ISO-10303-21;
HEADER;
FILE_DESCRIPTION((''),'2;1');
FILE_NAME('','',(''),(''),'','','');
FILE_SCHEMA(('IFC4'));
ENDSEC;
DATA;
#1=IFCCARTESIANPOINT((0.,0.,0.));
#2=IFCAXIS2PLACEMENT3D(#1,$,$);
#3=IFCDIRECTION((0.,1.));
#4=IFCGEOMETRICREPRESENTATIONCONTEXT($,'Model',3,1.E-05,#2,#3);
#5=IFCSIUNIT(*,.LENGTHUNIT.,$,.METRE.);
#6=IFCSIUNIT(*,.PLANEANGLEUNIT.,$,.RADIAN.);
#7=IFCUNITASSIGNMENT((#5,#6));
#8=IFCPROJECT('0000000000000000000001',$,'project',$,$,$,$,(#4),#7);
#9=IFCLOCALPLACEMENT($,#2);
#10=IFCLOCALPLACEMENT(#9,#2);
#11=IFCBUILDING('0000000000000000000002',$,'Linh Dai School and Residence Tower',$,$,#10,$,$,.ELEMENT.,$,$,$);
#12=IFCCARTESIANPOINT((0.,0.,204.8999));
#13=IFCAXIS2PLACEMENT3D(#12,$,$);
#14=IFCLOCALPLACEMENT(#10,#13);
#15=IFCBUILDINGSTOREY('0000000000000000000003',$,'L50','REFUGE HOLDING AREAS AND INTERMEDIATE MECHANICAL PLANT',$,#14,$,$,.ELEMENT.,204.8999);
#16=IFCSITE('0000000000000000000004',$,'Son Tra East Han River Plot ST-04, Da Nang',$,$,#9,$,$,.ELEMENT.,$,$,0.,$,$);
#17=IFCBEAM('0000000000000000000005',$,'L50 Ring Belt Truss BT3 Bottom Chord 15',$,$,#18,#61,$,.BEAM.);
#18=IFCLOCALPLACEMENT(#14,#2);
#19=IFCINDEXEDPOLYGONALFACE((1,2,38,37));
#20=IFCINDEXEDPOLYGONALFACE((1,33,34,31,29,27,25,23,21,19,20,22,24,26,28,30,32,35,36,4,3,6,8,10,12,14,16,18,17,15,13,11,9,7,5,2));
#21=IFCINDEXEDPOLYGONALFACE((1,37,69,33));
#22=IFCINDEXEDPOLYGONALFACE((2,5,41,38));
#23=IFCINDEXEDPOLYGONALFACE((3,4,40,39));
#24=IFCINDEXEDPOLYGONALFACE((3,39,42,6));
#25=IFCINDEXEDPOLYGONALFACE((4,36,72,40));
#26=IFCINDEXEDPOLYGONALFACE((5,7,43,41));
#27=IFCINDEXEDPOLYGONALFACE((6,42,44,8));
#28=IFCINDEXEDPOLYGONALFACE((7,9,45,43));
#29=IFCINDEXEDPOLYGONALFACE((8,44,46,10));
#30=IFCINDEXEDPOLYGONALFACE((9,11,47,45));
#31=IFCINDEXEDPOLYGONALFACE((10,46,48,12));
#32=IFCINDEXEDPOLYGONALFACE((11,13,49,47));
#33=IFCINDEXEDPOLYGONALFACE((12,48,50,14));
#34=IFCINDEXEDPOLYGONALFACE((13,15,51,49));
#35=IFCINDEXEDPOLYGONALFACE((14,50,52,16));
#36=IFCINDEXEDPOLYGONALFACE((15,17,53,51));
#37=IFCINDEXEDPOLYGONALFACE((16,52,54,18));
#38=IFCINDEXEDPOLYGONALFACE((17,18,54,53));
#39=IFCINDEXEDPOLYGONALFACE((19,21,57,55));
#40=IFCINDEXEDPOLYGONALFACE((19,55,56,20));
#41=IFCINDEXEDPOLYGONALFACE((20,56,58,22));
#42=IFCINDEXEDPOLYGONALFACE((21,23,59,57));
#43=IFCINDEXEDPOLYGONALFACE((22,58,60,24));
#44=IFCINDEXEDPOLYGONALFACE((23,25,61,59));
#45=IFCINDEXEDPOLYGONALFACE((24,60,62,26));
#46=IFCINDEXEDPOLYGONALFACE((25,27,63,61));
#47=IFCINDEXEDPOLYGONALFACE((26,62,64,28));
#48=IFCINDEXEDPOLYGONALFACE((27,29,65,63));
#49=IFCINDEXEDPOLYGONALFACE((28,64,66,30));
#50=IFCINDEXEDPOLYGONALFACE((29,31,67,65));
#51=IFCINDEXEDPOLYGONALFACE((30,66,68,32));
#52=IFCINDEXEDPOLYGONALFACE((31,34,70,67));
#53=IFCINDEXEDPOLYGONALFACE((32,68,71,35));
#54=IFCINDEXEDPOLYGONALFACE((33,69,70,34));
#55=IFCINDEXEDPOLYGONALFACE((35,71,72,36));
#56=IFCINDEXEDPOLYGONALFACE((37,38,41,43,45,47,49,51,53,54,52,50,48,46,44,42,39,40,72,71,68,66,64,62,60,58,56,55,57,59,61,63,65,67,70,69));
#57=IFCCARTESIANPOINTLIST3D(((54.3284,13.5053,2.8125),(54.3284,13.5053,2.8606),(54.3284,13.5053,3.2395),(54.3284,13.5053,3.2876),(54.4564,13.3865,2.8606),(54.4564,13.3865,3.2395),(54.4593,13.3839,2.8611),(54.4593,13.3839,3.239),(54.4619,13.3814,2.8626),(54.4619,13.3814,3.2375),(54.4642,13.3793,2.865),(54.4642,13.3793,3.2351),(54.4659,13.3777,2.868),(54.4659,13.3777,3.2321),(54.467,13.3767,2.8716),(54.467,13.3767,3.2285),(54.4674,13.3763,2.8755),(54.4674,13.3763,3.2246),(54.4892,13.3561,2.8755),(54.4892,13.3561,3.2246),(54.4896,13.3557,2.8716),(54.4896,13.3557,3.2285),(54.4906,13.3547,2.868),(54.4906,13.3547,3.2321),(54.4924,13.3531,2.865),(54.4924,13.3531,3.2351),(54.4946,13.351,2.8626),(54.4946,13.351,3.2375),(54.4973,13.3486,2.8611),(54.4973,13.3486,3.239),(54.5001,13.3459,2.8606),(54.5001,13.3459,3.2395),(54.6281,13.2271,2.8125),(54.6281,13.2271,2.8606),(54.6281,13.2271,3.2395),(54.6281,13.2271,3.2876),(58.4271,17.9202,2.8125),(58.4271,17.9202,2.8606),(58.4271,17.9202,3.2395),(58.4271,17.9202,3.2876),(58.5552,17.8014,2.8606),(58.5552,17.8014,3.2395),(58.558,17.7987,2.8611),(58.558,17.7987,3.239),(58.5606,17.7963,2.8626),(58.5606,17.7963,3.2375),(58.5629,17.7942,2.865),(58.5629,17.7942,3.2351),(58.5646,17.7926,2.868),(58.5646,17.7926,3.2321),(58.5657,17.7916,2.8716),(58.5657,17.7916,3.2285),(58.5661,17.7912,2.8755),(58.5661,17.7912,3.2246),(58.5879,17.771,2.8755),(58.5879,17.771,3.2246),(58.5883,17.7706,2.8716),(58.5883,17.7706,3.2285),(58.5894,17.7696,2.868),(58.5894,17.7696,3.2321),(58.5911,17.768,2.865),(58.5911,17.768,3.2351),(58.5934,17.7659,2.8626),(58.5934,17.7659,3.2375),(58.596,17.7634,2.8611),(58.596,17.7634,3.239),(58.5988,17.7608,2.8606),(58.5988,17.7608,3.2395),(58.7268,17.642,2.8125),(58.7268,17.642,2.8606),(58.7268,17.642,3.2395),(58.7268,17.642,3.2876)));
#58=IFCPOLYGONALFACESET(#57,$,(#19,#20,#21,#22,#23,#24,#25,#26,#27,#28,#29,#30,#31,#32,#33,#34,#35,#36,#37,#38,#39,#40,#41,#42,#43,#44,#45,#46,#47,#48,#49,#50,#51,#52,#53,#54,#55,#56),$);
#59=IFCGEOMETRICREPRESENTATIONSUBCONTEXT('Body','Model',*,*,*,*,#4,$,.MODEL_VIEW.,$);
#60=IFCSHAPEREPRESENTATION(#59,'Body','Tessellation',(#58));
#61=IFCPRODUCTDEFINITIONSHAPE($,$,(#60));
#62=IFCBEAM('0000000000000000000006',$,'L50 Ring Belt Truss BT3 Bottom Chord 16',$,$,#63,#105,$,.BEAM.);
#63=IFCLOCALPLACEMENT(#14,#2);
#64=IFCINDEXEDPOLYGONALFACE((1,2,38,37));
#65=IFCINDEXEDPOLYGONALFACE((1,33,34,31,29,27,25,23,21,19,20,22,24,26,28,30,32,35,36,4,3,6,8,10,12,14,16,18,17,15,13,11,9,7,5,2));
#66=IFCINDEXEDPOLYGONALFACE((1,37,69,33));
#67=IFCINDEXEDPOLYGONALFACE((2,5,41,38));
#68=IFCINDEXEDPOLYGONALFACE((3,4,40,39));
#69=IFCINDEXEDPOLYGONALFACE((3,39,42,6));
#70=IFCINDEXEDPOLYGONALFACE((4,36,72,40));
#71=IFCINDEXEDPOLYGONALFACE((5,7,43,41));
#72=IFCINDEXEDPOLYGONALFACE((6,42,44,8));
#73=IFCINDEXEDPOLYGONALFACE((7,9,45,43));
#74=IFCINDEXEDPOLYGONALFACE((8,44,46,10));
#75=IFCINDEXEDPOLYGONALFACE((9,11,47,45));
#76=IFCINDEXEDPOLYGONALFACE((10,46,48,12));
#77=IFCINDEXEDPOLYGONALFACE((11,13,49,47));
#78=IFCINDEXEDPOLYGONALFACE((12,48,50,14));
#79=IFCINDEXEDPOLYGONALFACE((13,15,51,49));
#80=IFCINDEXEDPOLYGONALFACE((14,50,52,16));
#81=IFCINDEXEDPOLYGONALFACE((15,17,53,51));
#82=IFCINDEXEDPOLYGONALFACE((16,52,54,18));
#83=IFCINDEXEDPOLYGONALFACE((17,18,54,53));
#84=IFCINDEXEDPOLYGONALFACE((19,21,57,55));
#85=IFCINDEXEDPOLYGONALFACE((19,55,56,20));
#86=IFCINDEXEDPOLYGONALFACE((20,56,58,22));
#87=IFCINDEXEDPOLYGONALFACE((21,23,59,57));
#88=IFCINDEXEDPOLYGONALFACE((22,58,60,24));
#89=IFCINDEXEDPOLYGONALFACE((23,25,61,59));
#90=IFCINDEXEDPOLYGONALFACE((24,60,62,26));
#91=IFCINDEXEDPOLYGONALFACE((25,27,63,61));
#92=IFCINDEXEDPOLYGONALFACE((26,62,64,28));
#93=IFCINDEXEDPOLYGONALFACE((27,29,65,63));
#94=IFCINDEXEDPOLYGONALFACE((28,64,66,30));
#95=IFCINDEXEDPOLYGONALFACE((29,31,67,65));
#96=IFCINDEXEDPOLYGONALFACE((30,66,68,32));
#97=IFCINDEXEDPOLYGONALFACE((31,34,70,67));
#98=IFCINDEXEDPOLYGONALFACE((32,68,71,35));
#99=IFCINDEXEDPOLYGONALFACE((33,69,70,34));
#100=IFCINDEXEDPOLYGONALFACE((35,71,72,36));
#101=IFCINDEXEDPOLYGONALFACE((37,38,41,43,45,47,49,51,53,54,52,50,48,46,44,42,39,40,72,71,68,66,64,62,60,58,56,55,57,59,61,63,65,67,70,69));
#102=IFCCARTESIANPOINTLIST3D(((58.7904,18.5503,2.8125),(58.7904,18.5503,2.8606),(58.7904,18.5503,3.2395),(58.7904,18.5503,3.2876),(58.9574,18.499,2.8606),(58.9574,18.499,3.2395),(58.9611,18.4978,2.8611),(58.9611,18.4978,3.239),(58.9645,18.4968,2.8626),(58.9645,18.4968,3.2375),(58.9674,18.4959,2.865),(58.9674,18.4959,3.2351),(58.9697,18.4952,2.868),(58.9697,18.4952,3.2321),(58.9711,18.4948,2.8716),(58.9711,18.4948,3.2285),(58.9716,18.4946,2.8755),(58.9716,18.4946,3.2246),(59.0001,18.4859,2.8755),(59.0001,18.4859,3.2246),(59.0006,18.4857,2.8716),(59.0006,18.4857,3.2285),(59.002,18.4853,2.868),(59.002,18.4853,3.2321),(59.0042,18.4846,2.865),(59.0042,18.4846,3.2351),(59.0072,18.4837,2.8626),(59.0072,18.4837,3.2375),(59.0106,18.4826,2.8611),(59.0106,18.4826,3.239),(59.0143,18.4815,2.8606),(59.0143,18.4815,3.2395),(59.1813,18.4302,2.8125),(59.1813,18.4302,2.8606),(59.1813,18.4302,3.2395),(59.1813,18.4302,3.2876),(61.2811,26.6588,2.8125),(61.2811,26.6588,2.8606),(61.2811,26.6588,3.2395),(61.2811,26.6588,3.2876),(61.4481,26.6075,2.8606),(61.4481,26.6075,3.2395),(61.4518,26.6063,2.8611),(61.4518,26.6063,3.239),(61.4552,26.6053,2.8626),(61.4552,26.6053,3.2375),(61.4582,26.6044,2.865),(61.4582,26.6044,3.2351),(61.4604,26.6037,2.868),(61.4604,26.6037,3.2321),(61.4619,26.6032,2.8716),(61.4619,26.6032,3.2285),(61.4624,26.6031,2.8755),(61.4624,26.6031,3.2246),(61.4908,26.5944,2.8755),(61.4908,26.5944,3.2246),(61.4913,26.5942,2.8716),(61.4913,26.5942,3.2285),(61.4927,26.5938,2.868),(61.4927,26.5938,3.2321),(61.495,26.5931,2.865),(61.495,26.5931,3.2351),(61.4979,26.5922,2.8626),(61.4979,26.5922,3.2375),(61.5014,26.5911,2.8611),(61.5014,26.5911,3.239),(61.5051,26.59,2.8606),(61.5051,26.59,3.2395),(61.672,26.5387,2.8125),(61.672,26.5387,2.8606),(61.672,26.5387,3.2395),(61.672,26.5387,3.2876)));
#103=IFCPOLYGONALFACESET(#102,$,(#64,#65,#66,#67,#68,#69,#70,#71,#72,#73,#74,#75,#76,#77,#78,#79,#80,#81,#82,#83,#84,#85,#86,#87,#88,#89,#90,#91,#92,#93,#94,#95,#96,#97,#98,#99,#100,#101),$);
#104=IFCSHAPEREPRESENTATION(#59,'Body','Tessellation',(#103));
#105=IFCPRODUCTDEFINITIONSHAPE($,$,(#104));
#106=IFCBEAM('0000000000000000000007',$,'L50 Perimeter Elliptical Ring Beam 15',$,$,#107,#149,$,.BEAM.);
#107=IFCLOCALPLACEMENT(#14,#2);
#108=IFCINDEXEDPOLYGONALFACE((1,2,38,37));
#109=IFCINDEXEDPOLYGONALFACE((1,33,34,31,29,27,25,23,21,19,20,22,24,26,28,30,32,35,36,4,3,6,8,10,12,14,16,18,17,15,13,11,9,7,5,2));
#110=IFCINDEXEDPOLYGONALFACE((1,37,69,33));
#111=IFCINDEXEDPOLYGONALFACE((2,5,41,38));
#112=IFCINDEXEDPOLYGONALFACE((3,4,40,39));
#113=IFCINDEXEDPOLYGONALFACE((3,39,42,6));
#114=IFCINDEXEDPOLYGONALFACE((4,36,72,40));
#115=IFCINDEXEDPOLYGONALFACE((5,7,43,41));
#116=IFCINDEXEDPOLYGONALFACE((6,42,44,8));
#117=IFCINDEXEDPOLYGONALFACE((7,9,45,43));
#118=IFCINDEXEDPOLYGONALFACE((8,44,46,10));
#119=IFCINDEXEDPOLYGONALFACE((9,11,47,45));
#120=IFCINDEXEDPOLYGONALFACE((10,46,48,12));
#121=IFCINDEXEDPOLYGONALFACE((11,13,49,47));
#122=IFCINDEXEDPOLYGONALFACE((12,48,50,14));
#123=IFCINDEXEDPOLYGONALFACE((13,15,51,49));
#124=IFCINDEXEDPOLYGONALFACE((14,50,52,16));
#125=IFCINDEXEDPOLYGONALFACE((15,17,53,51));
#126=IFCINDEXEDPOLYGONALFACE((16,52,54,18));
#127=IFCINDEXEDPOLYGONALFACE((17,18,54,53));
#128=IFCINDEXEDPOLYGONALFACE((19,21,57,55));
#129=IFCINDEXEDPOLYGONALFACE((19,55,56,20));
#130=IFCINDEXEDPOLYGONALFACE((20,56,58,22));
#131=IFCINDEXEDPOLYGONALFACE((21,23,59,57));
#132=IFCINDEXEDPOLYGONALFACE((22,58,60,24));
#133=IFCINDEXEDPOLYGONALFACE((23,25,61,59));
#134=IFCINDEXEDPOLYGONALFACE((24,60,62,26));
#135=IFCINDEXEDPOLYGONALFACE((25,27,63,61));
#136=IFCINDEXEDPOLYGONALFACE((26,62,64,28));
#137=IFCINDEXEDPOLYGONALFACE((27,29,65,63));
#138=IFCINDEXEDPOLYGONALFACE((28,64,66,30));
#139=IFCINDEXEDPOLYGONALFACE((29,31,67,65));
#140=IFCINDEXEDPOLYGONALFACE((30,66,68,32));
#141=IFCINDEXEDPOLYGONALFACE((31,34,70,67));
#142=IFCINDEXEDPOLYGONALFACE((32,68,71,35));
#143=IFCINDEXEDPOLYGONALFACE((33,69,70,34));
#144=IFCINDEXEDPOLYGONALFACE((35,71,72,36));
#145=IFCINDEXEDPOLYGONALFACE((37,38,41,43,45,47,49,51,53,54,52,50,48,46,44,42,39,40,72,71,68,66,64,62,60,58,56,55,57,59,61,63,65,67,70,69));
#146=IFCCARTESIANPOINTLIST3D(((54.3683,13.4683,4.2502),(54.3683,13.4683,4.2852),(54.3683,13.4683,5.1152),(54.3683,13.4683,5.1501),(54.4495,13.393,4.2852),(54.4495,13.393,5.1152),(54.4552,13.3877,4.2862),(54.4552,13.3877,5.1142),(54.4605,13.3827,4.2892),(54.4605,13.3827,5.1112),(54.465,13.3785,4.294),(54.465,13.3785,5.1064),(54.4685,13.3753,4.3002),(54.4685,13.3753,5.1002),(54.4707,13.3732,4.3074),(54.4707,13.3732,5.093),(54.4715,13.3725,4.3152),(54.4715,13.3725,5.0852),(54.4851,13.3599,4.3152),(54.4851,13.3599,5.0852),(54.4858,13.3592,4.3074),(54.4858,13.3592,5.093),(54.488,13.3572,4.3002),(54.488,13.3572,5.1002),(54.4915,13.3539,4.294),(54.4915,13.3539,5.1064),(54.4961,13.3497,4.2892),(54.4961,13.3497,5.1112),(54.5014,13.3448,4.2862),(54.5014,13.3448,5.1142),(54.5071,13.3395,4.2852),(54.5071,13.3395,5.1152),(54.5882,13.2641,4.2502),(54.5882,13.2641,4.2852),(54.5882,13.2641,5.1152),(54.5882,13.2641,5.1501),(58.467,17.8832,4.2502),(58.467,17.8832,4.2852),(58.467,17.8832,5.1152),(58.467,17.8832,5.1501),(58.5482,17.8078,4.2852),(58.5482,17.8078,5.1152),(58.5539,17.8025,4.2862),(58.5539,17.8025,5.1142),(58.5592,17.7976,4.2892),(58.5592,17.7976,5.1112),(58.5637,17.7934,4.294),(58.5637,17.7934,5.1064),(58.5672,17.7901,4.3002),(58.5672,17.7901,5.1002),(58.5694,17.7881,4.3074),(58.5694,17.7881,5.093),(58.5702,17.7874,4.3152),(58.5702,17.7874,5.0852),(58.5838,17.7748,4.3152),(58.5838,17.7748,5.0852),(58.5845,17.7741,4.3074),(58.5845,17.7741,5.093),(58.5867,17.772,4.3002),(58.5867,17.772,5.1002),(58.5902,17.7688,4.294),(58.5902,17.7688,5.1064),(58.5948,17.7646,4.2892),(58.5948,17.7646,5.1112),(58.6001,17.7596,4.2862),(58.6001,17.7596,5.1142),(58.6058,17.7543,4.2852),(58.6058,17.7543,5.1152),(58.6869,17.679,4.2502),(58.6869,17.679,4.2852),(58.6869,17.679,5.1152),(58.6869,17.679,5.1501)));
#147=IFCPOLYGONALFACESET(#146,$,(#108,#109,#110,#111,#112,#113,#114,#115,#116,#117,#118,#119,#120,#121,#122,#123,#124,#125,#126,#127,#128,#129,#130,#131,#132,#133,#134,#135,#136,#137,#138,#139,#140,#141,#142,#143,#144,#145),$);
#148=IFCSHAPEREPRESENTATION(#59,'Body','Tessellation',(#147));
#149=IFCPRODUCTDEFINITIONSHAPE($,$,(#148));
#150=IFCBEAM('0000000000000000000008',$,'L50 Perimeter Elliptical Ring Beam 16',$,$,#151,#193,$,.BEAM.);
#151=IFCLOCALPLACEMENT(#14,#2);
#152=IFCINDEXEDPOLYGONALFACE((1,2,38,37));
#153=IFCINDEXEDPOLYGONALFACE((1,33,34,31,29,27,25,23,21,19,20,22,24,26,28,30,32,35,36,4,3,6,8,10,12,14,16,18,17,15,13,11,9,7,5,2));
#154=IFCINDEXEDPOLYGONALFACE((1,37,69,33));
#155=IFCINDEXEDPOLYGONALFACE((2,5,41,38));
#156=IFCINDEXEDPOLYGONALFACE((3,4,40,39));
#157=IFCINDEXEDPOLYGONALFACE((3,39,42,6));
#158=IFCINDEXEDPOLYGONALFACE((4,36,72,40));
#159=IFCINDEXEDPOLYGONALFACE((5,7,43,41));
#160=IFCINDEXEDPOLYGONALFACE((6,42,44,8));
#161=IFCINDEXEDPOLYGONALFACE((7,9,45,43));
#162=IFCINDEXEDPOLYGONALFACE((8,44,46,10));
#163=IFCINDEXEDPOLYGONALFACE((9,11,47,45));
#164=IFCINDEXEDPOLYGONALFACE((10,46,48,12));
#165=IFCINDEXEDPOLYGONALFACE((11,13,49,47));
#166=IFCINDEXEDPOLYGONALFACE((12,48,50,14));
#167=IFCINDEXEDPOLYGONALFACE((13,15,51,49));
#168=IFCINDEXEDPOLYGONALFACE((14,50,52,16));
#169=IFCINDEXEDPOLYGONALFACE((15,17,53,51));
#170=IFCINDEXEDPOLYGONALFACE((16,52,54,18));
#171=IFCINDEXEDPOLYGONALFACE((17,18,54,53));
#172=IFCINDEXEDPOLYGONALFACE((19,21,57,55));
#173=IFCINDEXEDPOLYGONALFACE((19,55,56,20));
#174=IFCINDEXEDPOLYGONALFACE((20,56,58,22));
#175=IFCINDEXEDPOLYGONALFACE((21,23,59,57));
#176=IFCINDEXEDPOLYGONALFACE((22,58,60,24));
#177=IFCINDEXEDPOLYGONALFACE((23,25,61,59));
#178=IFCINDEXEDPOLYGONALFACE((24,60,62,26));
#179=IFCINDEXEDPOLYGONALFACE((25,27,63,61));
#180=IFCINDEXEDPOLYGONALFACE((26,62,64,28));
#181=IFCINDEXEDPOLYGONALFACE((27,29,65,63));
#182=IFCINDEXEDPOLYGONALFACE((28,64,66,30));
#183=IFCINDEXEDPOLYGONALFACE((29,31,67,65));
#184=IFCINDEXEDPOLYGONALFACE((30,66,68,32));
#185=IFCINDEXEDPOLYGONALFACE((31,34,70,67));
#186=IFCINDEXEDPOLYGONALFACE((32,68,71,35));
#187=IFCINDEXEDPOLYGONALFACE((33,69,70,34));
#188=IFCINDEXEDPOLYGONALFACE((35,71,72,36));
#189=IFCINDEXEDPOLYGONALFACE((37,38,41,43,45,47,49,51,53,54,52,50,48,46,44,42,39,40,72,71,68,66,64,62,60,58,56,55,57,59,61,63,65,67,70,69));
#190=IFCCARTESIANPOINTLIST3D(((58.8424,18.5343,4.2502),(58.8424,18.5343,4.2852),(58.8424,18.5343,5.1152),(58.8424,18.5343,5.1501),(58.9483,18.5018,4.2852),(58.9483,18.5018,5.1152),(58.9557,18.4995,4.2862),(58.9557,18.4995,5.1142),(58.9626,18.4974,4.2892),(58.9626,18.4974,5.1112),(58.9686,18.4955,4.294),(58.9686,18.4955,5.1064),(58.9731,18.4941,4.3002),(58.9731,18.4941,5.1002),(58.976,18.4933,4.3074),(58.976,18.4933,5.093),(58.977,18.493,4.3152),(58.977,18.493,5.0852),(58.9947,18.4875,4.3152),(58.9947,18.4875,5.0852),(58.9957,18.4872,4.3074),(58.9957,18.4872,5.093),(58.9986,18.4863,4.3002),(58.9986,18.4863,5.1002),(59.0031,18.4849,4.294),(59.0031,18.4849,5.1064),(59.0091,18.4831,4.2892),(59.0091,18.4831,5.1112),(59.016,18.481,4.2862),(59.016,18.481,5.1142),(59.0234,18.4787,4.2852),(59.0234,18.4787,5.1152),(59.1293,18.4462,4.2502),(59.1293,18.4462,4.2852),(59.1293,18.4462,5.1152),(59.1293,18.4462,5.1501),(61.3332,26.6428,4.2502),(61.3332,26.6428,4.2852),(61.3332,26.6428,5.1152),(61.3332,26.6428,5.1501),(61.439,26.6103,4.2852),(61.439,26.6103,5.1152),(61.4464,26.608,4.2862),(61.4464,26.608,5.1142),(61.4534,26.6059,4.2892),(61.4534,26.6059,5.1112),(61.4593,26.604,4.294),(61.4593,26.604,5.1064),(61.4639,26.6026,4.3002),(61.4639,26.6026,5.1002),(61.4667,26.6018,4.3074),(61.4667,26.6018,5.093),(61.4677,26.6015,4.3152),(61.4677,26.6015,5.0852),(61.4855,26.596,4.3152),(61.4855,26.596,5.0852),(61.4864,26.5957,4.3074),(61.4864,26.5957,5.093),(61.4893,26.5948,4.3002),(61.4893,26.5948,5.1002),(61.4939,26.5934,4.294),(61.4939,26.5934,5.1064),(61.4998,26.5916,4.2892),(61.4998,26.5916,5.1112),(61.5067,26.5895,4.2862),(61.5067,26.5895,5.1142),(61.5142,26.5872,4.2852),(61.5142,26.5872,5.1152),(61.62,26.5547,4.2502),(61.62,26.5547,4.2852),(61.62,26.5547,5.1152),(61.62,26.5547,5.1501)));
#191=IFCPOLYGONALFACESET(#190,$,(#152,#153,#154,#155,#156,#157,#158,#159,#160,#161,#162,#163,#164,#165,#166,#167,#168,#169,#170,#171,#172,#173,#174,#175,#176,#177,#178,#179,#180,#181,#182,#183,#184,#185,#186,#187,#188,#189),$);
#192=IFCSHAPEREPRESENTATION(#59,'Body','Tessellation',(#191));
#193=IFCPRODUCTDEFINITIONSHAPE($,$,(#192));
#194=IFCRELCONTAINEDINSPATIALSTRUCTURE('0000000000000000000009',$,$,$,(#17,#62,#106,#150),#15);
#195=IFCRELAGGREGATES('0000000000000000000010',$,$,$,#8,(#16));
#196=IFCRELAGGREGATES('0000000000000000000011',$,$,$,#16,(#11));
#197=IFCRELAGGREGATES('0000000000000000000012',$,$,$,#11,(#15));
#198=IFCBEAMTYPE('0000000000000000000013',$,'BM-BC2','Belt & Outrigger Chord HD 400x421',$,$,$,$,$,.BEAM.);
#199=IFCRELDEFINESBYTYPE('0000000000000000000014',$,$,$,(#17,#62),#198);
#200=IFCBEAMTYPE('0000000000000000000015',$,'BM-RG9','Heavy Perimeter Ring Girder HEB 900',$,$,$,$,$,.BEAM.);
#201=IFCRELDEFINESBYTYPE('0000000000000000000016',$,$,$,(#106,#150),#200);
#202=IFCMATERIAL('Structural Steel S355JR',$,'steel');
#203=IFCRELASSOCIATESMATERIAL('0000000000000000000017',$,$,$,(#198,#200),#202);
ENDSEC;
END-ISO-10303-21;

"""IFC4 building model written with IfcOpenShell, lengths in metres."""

from ifc_helpers import new_model, si_unit, direction, frame, origin, origin_2d, place, context, subcontext, project, spatial, i_section, extrude, material, material_profile, profile_set, type_object, element, save


model = new_model("IFC4")

# Units and contexts
model_context = context("Model", 3, precision=1e-05, world=origin(), true_north=direction((0.0, 1.0)))
body_context = subcontext(model_context, "Body", "Model", "MODEL_VIEW")
ifc_project = project(units=[si_unit("LENGTHUNIT", "METRE"), si_unit("PLANEANGLEUNIT", "RADIAN")], contexts=[model_context])

# Site, building, storey
site_placement = place(None, origin())
site = spatial("IfcSite", under=ifc_project, at=site_placement, Name="Son Tra East Han River Plot ST-04, Da Nang", CompositionType="ELEMENT", RefElevation=0.0)
building_placement = place(site_placement, origin())
building = spatial("IfcBuilding", under=site, at=building_placement, Name="Linh Dai School and Residence Tower", CompositionType="ELEMENT")
storey_placement = place(building_placement, frame((0.0, 0.0, 204.8999)))
storey = spatial("IfcBuildingStorey", under=building, at=storey_placement, Name="L50", Description="REFUGE HOLDING AREAS AND INTERMEDIATE MECHANICAL PLANT", CompositionType="ELEMENT", Elevation=204.8999)

# Shared definitions
ifc_material_1 = material(Name="Structural Steel S355JR", Category="steel")

# Beams
ifc_material_profile_1 = material_profile(ifc_material_1, i_section(OverallWidth=0.4089, OverallDepth=0.4751, WebThickness=0.0298, FlangeThickness=0.0481, FilletRadius=0.0149, at=origin_2d()), Name="HD 400x421")
ifc_profile_set_1 = profile_set([ifc_material_profile_1], Name="Structural Steel S355JR")
beam_type_1 = type_object("IfcBeamType", Name="BM-BC2", Description="Belt & Outrigger Chord HD 400x421", PredefinedType="BEAM", material=ifc_profile_set_1)
beam_1_placement = place(storey_placement, frame((54.4783, 13.3662, 3.05), z_axis=(0.680378, 0.732861, 0.0), x_axis=(-0.732861, 0.680378, 0.0)))
element("IfcBeam", 1, at=beam_1_placement, inside=storey, type_object=beam_type_1, Name="L50 Ring Belt Truss BT3 Bottom Chord 15", PredefinedType="BEAM", context=body_context, shape_type="SweptSolid", body=[
    extrude(i_section(OverallWidth=0.4089, OverallDepth=0.4751, WebThickness=0.0298, FlangeThickness=0.0481, FilletRadius=0.0149, at=origin_2d()), origin(), (0.0, 0.0, 1.0), 6.0242),
])
beam_2_placement = place(storey_placement, frame((58.9858, 18.4902, 3.05), z_axis=(0.293637, 0.955917, 0.0), x_axis=(-0.955917, 0.293637, 0.0)))
element("IfcBeam", 2, at=beam_2_placement, inside=storey, type_object=beam_type_1, Name="L50 Ring Belt Truss BT3 Bottom Chord 16", PredefinedType="BEAM", context=body_context, shape_type="SweptSolid", body=[
    extrude(i_section(OverallWidth=0.4089, OverallDepth=0.4751, WebThickness=0.0298, FlangeThickness=0.0481, FilletRadius=0.0149, at=origin_2d()), origin(), (0.0, 0.0, 1.0), 8.4824),
])
ifc_material_profile_2 = material_profile(ifc_material_1, i_section(OverallWidth=0.3, OverallDepth=0.8999, WebThickness=0.0186, FlangeThickness=0.0349, FilletRadius=0.03, at=origin_2d()), Name="HEB 900")
ifc_profile_set_2 = profile_set([ifc_material_profile_2], Name="Structural Steel S355JR")
beam_type_2 = type_object("IfcBeamType", Name="BM-RG9", Description="Heavy Perimeter Ring Girder HEB 900", PredefinedType="BEAM", material=ifc_profile_set_2)
beam_3_placement = place(storey_placement, frame((54.4783, 13.3662, 4.7002), z_axis=(0.680378, 0.732861, 0.0), x_axis=(-0.732861, 0.680378, 0.0)))
element("IfcBeam", 3, at=beam_3_placement, inside=storey, type_object=beam_type_2, Name="L50 Perimeter Elliptical Ring Beam 15", PredefinedType="BEAM", context=body_context, shape_type="SweptSolid", body=[
    extrude(i_section(OverallWidth=0.3, OverallDepth=0.8999, WebThickness=0.0186, FlangeThickness=0.0349, FilletRadius=0.03, at=origin_2d()), origin(), (0.0, 0.0, 1.0), 6.0242),
])
beam_4_placement = place(storey_placement, frame((58.9858, 18.4902, 4.7002), z_axis=(0.293637, 0.955917, 0.0), x_axis=(-0.955917, 0.293637, 0.0)))
element("IfcBeam", 4, at=beam_4_placement, inside=storey, type_object=beam_type_2, Name="L50 Perimeter Elliptical Ring Beam 16", PredefinedType="BEAM", context=body_context, shape_type="SweptSolid", body=[
    extrude(i_section(OverallWidth=0.3, OverallDepth=0.8999, WebThickness=0.0186, FlangeThickness=0.0349, FilletRadius=0.03, at=origin_2d()), origin(), (0.0, 0.0, 1.0), 8.4824),
])

save(model, "model.ifc")
